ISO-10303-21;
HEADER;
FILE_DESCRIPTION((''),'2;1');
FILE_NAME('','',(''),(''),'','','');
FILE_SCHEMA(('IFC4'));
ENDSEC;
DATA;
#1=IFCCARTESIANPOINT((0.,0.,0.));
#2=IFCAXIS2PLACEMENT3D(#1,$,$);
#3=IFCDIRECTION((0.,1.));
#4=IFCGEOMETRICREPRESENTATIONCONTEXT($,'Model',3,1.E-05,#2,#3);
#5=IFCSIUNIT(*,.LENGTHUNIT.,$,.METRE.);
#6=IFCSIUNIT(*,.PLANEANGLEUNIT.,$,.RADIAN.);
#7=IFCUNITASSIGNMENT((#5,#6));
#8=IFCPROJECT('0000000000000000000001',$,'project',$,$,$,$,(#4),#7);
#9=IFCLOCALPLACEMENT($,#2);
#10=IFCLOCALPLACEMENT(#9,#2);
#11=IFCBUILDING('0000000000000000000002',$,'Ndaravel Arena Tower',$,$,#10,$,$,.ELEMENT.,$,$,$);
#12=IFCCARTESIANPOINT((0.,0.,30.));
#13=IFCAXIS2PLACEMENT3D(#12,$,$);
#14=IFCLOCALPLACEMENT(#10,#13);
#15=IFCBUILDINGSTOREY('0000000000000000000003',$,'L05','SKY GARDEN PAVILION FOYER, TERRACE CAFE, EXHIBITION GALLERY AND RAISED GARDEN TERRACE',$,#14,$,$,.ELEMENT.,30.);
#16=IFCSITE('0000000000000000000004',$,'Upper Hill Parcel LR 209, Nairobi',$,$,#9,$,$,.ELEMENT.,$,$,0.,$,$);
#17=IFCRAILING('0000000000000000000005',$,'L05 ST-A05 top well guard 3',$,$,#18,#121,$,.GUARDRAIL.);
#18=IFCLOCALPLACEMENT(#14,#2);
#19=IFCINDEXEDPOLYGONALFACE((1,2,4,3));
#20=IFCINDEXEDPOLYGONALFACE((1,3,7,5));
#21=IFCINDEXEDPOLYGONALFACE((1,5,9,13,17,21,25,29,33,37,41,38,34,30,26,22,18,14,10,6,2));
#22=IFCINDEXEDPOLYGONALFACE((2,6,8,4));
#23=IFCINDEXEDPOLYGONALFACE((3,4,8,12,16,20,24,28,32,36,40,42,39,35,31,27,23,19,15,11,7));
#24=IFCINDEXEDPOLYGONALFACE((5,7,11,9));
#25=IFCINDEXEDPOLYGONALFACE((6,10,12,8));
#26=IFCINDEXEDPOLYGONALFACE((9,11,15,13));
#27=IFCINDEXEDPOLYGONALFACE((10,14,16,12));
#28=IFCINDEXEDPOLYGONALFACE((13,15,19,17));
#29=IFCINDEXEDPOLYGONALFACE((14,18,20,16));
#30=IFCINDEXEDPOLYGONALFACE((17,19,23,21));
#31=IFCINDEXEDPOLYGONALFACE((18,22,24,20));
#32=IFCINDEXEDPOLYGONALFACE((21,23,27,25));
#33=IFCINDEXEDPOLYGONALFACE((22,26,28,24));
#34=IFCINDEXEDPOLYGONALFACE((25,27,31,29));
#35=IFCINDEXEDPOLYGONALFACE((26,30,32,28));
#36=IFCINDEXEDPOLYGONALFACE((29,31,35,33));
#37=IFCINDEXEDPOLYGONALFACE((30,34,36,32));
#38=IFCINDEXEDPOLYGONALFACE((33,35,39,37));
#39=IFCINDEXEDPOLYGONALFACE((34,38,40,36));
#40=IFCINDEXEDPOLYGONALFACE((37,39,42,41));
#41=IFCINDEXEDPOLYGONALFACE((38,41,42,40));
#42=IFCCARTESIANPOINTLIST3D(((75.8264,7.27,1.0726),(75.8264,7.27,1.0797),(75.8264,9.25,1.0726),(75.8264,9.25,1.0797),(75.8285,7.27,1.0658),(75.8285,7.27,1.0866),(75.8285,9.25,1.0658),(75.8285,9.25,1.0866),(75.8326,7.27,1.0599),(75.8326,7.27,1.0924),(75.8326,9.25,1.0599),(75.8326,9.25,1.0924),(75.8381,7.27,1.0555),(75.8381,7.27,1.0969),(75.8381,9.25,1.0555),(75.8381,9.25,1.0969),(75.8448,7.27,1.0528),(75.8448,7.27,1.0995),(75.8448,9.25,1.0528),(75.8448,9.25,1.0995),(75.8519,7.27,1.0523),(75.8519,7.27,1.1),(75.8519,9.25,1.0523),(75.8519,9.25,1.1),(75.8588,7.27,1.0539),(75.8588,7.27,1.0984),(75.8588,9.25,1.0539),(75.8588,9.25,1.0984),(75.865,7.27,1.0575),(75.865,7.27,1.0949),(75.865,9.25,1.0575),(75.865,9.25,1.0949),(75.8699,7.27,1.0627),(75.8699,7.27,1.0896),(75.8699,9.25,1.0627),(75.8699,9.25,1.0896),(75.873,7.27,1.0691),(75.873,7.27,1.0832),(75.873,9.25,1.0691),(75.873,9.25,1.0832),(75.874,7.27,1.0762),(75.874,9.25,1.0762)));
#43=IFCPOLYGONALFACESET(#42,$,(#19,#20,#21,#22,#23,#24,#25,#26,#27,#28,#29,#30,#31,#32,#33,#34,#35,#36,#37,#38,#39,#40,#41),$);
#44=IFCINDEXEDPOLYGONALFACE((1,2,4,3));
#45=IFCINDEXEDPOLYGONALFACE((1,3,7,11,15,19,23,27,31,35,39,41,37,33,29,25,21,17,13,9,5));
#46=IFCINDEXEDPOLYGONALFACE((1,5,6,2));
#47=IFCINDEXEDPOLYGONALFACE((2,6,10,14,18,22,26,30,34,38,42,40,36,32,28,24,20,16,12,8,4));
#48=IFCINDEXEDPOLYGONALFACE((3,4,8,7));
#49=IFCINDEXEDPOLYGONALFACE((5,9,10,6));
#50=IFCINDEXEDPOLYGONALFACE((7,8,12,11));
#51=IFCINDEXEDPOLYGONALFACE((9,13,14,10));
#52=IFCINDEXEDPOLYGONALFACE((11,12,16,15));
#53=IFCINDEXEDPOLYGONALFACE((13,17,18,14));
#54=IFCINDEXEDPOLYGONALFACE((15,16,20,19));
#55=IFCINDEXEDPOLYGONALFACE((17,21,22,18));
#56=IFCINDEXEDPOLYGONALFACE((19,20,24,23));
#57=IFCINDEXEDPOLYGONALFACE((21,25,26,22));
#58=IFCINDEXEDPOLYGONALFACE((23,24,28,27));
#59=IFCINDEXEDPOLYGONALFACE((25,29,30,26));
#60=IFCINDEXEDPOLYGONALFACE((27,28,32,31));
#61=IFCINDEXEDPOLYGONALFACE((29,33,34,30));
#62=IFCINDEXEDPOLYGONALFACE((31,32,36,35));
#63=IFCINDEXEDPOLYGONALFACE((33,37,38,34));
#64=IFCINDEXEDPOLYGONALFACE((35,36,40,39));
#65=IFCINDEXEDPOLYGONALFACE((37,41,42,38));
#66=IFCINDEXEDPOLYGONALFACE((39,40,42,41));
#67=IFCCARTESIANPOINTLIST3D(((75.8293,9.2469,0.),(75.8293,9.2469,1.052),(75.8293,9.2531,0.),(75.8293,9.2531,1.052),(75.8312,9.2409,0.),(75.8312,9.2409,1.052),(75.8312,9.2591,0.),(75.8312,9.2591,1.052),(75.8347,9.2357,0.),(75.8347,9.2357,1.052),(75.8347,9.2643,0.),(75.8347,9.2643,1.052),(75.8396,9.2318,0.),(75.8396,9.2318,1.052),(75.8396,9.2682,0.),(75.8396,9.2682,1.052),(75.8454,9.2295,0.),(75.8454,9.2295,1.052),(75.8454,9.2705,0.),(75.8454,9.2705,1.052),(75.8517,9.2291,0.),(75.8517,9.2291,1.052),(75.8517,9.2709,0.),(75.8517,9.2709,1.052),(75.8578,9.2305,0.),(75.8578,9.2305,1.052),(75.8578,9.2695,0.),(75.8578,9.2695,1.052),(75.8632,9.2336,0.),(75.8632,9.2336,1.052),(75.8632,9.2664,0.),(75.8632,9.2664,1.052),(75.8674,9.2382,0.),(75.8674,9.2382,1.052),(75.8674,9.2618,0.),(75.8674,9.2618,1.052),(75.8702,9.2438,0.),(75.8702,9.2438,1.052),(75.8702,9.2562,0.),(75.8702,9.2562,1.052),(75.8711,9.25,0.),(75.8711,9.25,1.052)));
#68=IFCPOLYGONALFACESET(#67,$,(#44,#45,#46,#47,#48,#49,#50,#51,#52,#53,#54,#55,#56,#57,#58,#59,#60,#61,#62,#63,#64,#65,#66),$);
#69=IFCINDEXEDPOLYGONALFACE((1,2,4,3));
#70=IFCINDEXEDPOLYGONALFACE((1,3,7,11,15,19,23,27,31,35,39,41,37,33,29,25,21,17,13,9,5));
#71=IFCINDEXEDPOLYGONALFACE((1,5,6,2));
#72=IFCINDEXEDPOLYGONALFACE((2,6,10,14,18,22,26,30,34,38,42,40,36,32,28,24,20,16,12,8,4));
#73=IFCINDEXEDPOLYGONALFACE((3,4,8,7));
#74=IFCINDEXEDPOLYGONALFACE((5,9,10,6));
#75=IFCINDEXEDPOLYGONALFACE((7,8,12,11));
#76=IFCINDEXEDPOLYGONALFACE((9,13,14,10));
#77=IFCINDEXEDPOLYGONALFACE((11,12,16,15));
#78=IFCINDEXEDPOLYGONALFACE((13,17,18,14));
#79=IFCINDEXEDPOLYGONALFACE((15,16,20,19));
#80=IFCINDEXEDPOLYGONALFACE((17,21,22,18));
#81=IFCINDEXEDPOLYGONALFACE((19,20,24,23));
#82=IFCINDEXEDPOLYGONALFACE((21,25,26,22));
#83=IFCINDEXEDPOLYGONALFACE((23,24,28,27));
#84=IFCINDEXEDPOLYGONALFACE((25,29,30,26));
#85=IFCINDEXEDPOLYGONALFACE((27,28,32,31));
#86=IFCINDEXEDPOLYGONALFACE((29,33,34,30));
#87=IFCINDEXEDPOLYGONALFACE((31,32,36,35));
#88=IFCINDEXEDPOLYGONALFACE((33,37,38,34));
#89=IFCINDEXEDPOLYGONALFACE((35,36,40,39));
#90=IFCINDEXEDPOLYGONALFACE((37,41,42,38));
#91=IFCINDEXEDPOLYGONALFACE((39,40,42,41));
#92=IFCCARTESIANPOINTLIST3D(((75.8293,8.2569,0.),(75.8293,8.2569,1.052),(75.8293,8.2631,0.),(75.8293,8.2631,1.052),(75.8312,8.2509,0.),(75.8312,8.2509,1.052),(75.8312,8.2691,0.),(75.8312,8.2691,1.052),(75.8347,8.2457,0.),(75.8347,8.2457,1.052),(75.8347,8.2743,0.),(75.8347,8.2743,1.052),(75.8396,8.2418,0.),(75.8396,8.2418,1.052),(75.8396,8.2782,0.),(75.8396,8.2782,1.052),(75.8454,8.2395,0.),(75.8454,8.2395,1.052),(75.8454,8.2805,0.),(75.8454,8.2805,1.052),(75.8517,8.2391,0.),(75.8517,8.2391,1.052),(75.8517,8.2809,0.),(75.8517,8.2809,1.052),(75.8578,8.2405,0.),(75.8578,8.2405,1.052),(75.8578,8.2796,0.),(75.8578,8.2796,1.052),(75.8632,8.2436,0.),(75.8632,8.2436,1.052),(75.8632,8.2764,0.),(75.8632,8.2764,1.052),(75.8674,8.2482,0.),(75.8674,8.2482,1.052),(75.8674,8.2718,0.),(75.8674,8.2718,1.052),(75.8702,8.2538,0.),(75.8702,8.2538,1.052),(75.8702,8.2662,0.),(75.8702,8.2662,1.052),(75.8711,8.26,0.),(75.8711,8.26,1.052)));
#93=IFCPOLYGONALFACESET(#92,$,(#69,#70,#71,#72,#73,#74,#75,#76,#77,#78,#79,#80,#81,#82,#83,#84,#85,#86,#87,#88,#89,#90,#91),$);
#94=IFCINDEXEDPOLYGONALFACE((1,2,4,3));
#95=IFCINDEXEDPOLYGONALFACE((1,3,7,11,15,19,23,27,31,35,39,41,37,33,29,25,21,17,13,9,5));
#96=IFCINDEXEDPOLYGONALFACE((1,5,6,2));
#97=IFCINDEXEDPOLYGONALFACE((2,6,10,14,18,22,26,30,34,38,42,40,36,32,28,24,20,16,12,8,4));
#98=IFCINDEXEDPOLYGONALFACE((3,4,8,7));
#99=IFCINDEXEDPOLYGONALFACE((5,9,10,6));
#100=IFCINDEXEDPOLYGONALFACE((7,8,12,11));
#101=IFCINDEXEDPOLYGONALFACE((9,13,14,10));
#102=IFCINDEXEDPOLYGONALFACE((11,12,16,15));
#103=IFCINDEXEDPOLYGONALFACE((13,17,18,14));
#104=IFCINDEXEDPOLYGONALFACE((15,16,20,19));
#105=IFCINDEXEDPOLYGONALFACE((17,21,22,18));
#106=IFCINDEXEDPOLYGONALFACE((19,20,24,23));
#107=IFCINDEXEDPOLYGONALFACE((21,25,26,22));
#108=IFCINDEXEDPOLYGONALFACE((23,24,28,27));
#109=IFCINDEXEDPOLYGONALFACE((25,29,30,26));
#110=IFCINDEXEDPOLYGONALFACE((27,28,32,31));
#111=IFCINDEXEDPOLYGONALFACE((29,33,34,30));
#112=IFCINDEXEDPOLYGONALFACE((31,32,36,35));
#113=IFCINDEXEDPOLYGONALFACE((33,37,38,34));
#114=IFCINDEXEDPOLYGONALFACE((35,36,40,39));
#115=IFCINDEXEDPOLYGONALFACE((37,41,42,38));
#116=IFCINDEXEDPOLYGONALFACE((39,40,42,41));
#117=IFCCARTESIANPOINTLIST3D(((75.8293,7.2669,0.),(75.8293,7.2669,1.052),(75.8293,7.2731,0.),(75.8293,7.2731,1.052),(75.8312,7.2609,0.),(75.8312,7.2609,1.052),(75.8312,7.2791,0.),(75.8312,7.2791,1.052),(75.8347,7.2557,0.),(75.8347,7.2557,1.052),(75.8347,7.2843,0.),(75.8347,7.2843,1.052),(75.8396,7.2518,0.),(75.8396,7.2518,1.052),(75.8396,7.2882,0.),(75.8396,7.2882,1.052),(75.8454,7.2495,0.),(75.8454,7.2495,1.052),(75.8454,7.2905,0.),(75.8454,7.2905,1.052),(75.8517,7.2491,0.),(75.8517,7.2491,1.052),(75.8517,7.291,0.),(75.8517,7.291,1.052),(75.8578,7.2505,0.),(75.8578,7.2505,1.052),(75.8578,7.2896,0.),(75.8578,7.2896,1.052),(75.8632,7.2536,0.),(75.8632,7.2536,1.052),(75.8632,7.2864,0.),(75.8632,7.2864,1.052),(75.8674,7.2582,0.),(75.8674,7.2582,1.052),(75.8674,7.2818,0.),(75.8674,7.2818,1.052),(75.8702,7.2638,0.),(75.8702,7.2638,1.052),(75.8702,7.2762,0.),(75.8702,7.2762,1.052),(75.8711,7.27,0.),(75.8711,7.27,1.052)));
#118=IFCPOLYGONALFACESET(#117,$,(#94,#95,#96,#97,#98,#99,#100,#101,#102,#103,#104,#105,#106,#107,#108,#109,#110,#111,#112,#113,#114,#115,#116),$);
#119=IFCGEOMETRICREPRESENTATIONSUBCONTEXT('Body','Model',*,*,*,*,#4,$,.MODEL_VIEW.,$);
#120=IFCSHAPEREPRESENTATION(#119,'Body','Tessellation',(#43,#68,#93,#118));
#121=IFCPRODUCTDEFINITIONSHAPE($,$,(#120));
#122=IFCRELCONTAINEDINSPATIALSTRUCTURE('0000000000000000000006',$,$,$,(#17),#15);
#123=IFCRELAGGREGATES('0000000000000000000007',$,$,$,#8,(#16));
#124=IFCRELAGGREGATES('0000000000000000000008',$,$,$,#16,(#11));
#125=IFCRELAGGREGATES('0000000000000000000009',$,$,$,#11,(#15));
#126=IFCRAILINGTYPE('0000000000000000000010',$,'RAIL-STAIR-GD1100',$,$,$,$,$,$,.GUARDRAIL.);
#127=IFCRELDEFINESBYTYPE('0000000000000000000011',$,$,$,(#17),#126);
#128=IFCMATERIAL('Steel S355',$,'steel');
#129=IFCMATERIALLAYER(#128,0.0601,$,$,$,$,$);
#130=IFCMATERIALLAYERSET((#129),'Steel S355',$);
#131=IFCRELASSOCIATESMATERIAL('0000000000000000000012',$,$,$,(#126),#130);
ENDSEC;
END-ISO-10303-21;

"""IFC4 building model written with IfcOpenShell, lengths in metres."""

from ifc_helpers import new_model, si_unit, direction, frame, origin, origin_2d, place, context, subcontext, project, spatial, circle, extrude, material, layer, layer_set, type_object, element, save


model = new_model("IFC4")

# Units and contexts
model_context = context("Model", 3, precision=1e-05, world=origin(), true_north=direction((0.0, 1.0)))
body_context = subcontext(model_context, "Body", "Model", "MODEL_VIEW")
ifc_project = project(units=[si_unit("LENGTHUNIT", "METRE"), si_unit("PLANEANGLEUNIT", "RADIAN")], contexts=[model_context])

# Site, building, storey
site_placement = place(None, origin())
site = spatial("IfcSite", under=ifc_project, at=site_placement, Name="Upper Hill Parcel LR 209, Nairobi", CompositionType="ELEMENT", RefElevation=0.0)
building_placement = place(site_placement, origin())
building = spatial("IfcBuilding", under=site, at=building_placement, Name="Ndaravel Arena Tower", CompositionType="ELEMENT")
storey_placement = place(building_placement, frame((0.0, 0.0, 30.0)))
storey = spatial("IfcBuildingStorey", under=building, at=storey_placement, Name="L05", Description="SKY GARDEN PAVILION FOYER, TERRACE CAFE, EXHIBITION GALLERY AND RAISED GARDEN TERRACE", CompositionType="ELEMENT", Elevation=30.0)

# Railing
ifc_material_1 = material(Name="Steel S355", Category="steel")
ifc_layer_1 = layer(ifc_material_1, 0.0601)
ifc_layer_set_1 = layer_set([ifc_layer_1], Name="Steel S355")
railing_type_1 = type_object("IfcRailingType", Name="RAIL-STAIR-GD1100", PredefinedType="GUARDRAIL", material=ifc_layer_set_1)
for number, where, name in (
    (1, (75.8501, 9.25, 0.0), "L05 ST-A05 top well guard 3"),
):
    element("IfcRailing", number, at=place(storey_placement, frame(where)), inside=storey, type_object=railing_type_1, Name=name, PredefinedType="GUARDRAIL", context=body_context, shape_type="SweptSolid", body=[
        extrude(circle(Radius=0.0239, at=origin_2d()), frame((0.0, 0.0, 1.0762), z_axis=(0.0, -1.0, 0.0), x_axis=(1.0, 0.0, 0.0)), (0.0, 0.0, 1.0), 1.98),
        extrude(circle(Radius=0.021, at=origin_2d()), origin(), (0.0, 0.0, 1.0), 1.052),
        extrude(circle(Radius=0.021, at=origin_2d()), frame((0.0, -0.99, 0.0)), (0.0, 0.0, 1.0), 1.052),
        extrude(circle(Radius=0.021, at=origin_2d()), frame((0.0, -1.98, 0.0)), (0.0, 0.0, 1.0), 1.052),
    ])

save(model, "model.ifc")
